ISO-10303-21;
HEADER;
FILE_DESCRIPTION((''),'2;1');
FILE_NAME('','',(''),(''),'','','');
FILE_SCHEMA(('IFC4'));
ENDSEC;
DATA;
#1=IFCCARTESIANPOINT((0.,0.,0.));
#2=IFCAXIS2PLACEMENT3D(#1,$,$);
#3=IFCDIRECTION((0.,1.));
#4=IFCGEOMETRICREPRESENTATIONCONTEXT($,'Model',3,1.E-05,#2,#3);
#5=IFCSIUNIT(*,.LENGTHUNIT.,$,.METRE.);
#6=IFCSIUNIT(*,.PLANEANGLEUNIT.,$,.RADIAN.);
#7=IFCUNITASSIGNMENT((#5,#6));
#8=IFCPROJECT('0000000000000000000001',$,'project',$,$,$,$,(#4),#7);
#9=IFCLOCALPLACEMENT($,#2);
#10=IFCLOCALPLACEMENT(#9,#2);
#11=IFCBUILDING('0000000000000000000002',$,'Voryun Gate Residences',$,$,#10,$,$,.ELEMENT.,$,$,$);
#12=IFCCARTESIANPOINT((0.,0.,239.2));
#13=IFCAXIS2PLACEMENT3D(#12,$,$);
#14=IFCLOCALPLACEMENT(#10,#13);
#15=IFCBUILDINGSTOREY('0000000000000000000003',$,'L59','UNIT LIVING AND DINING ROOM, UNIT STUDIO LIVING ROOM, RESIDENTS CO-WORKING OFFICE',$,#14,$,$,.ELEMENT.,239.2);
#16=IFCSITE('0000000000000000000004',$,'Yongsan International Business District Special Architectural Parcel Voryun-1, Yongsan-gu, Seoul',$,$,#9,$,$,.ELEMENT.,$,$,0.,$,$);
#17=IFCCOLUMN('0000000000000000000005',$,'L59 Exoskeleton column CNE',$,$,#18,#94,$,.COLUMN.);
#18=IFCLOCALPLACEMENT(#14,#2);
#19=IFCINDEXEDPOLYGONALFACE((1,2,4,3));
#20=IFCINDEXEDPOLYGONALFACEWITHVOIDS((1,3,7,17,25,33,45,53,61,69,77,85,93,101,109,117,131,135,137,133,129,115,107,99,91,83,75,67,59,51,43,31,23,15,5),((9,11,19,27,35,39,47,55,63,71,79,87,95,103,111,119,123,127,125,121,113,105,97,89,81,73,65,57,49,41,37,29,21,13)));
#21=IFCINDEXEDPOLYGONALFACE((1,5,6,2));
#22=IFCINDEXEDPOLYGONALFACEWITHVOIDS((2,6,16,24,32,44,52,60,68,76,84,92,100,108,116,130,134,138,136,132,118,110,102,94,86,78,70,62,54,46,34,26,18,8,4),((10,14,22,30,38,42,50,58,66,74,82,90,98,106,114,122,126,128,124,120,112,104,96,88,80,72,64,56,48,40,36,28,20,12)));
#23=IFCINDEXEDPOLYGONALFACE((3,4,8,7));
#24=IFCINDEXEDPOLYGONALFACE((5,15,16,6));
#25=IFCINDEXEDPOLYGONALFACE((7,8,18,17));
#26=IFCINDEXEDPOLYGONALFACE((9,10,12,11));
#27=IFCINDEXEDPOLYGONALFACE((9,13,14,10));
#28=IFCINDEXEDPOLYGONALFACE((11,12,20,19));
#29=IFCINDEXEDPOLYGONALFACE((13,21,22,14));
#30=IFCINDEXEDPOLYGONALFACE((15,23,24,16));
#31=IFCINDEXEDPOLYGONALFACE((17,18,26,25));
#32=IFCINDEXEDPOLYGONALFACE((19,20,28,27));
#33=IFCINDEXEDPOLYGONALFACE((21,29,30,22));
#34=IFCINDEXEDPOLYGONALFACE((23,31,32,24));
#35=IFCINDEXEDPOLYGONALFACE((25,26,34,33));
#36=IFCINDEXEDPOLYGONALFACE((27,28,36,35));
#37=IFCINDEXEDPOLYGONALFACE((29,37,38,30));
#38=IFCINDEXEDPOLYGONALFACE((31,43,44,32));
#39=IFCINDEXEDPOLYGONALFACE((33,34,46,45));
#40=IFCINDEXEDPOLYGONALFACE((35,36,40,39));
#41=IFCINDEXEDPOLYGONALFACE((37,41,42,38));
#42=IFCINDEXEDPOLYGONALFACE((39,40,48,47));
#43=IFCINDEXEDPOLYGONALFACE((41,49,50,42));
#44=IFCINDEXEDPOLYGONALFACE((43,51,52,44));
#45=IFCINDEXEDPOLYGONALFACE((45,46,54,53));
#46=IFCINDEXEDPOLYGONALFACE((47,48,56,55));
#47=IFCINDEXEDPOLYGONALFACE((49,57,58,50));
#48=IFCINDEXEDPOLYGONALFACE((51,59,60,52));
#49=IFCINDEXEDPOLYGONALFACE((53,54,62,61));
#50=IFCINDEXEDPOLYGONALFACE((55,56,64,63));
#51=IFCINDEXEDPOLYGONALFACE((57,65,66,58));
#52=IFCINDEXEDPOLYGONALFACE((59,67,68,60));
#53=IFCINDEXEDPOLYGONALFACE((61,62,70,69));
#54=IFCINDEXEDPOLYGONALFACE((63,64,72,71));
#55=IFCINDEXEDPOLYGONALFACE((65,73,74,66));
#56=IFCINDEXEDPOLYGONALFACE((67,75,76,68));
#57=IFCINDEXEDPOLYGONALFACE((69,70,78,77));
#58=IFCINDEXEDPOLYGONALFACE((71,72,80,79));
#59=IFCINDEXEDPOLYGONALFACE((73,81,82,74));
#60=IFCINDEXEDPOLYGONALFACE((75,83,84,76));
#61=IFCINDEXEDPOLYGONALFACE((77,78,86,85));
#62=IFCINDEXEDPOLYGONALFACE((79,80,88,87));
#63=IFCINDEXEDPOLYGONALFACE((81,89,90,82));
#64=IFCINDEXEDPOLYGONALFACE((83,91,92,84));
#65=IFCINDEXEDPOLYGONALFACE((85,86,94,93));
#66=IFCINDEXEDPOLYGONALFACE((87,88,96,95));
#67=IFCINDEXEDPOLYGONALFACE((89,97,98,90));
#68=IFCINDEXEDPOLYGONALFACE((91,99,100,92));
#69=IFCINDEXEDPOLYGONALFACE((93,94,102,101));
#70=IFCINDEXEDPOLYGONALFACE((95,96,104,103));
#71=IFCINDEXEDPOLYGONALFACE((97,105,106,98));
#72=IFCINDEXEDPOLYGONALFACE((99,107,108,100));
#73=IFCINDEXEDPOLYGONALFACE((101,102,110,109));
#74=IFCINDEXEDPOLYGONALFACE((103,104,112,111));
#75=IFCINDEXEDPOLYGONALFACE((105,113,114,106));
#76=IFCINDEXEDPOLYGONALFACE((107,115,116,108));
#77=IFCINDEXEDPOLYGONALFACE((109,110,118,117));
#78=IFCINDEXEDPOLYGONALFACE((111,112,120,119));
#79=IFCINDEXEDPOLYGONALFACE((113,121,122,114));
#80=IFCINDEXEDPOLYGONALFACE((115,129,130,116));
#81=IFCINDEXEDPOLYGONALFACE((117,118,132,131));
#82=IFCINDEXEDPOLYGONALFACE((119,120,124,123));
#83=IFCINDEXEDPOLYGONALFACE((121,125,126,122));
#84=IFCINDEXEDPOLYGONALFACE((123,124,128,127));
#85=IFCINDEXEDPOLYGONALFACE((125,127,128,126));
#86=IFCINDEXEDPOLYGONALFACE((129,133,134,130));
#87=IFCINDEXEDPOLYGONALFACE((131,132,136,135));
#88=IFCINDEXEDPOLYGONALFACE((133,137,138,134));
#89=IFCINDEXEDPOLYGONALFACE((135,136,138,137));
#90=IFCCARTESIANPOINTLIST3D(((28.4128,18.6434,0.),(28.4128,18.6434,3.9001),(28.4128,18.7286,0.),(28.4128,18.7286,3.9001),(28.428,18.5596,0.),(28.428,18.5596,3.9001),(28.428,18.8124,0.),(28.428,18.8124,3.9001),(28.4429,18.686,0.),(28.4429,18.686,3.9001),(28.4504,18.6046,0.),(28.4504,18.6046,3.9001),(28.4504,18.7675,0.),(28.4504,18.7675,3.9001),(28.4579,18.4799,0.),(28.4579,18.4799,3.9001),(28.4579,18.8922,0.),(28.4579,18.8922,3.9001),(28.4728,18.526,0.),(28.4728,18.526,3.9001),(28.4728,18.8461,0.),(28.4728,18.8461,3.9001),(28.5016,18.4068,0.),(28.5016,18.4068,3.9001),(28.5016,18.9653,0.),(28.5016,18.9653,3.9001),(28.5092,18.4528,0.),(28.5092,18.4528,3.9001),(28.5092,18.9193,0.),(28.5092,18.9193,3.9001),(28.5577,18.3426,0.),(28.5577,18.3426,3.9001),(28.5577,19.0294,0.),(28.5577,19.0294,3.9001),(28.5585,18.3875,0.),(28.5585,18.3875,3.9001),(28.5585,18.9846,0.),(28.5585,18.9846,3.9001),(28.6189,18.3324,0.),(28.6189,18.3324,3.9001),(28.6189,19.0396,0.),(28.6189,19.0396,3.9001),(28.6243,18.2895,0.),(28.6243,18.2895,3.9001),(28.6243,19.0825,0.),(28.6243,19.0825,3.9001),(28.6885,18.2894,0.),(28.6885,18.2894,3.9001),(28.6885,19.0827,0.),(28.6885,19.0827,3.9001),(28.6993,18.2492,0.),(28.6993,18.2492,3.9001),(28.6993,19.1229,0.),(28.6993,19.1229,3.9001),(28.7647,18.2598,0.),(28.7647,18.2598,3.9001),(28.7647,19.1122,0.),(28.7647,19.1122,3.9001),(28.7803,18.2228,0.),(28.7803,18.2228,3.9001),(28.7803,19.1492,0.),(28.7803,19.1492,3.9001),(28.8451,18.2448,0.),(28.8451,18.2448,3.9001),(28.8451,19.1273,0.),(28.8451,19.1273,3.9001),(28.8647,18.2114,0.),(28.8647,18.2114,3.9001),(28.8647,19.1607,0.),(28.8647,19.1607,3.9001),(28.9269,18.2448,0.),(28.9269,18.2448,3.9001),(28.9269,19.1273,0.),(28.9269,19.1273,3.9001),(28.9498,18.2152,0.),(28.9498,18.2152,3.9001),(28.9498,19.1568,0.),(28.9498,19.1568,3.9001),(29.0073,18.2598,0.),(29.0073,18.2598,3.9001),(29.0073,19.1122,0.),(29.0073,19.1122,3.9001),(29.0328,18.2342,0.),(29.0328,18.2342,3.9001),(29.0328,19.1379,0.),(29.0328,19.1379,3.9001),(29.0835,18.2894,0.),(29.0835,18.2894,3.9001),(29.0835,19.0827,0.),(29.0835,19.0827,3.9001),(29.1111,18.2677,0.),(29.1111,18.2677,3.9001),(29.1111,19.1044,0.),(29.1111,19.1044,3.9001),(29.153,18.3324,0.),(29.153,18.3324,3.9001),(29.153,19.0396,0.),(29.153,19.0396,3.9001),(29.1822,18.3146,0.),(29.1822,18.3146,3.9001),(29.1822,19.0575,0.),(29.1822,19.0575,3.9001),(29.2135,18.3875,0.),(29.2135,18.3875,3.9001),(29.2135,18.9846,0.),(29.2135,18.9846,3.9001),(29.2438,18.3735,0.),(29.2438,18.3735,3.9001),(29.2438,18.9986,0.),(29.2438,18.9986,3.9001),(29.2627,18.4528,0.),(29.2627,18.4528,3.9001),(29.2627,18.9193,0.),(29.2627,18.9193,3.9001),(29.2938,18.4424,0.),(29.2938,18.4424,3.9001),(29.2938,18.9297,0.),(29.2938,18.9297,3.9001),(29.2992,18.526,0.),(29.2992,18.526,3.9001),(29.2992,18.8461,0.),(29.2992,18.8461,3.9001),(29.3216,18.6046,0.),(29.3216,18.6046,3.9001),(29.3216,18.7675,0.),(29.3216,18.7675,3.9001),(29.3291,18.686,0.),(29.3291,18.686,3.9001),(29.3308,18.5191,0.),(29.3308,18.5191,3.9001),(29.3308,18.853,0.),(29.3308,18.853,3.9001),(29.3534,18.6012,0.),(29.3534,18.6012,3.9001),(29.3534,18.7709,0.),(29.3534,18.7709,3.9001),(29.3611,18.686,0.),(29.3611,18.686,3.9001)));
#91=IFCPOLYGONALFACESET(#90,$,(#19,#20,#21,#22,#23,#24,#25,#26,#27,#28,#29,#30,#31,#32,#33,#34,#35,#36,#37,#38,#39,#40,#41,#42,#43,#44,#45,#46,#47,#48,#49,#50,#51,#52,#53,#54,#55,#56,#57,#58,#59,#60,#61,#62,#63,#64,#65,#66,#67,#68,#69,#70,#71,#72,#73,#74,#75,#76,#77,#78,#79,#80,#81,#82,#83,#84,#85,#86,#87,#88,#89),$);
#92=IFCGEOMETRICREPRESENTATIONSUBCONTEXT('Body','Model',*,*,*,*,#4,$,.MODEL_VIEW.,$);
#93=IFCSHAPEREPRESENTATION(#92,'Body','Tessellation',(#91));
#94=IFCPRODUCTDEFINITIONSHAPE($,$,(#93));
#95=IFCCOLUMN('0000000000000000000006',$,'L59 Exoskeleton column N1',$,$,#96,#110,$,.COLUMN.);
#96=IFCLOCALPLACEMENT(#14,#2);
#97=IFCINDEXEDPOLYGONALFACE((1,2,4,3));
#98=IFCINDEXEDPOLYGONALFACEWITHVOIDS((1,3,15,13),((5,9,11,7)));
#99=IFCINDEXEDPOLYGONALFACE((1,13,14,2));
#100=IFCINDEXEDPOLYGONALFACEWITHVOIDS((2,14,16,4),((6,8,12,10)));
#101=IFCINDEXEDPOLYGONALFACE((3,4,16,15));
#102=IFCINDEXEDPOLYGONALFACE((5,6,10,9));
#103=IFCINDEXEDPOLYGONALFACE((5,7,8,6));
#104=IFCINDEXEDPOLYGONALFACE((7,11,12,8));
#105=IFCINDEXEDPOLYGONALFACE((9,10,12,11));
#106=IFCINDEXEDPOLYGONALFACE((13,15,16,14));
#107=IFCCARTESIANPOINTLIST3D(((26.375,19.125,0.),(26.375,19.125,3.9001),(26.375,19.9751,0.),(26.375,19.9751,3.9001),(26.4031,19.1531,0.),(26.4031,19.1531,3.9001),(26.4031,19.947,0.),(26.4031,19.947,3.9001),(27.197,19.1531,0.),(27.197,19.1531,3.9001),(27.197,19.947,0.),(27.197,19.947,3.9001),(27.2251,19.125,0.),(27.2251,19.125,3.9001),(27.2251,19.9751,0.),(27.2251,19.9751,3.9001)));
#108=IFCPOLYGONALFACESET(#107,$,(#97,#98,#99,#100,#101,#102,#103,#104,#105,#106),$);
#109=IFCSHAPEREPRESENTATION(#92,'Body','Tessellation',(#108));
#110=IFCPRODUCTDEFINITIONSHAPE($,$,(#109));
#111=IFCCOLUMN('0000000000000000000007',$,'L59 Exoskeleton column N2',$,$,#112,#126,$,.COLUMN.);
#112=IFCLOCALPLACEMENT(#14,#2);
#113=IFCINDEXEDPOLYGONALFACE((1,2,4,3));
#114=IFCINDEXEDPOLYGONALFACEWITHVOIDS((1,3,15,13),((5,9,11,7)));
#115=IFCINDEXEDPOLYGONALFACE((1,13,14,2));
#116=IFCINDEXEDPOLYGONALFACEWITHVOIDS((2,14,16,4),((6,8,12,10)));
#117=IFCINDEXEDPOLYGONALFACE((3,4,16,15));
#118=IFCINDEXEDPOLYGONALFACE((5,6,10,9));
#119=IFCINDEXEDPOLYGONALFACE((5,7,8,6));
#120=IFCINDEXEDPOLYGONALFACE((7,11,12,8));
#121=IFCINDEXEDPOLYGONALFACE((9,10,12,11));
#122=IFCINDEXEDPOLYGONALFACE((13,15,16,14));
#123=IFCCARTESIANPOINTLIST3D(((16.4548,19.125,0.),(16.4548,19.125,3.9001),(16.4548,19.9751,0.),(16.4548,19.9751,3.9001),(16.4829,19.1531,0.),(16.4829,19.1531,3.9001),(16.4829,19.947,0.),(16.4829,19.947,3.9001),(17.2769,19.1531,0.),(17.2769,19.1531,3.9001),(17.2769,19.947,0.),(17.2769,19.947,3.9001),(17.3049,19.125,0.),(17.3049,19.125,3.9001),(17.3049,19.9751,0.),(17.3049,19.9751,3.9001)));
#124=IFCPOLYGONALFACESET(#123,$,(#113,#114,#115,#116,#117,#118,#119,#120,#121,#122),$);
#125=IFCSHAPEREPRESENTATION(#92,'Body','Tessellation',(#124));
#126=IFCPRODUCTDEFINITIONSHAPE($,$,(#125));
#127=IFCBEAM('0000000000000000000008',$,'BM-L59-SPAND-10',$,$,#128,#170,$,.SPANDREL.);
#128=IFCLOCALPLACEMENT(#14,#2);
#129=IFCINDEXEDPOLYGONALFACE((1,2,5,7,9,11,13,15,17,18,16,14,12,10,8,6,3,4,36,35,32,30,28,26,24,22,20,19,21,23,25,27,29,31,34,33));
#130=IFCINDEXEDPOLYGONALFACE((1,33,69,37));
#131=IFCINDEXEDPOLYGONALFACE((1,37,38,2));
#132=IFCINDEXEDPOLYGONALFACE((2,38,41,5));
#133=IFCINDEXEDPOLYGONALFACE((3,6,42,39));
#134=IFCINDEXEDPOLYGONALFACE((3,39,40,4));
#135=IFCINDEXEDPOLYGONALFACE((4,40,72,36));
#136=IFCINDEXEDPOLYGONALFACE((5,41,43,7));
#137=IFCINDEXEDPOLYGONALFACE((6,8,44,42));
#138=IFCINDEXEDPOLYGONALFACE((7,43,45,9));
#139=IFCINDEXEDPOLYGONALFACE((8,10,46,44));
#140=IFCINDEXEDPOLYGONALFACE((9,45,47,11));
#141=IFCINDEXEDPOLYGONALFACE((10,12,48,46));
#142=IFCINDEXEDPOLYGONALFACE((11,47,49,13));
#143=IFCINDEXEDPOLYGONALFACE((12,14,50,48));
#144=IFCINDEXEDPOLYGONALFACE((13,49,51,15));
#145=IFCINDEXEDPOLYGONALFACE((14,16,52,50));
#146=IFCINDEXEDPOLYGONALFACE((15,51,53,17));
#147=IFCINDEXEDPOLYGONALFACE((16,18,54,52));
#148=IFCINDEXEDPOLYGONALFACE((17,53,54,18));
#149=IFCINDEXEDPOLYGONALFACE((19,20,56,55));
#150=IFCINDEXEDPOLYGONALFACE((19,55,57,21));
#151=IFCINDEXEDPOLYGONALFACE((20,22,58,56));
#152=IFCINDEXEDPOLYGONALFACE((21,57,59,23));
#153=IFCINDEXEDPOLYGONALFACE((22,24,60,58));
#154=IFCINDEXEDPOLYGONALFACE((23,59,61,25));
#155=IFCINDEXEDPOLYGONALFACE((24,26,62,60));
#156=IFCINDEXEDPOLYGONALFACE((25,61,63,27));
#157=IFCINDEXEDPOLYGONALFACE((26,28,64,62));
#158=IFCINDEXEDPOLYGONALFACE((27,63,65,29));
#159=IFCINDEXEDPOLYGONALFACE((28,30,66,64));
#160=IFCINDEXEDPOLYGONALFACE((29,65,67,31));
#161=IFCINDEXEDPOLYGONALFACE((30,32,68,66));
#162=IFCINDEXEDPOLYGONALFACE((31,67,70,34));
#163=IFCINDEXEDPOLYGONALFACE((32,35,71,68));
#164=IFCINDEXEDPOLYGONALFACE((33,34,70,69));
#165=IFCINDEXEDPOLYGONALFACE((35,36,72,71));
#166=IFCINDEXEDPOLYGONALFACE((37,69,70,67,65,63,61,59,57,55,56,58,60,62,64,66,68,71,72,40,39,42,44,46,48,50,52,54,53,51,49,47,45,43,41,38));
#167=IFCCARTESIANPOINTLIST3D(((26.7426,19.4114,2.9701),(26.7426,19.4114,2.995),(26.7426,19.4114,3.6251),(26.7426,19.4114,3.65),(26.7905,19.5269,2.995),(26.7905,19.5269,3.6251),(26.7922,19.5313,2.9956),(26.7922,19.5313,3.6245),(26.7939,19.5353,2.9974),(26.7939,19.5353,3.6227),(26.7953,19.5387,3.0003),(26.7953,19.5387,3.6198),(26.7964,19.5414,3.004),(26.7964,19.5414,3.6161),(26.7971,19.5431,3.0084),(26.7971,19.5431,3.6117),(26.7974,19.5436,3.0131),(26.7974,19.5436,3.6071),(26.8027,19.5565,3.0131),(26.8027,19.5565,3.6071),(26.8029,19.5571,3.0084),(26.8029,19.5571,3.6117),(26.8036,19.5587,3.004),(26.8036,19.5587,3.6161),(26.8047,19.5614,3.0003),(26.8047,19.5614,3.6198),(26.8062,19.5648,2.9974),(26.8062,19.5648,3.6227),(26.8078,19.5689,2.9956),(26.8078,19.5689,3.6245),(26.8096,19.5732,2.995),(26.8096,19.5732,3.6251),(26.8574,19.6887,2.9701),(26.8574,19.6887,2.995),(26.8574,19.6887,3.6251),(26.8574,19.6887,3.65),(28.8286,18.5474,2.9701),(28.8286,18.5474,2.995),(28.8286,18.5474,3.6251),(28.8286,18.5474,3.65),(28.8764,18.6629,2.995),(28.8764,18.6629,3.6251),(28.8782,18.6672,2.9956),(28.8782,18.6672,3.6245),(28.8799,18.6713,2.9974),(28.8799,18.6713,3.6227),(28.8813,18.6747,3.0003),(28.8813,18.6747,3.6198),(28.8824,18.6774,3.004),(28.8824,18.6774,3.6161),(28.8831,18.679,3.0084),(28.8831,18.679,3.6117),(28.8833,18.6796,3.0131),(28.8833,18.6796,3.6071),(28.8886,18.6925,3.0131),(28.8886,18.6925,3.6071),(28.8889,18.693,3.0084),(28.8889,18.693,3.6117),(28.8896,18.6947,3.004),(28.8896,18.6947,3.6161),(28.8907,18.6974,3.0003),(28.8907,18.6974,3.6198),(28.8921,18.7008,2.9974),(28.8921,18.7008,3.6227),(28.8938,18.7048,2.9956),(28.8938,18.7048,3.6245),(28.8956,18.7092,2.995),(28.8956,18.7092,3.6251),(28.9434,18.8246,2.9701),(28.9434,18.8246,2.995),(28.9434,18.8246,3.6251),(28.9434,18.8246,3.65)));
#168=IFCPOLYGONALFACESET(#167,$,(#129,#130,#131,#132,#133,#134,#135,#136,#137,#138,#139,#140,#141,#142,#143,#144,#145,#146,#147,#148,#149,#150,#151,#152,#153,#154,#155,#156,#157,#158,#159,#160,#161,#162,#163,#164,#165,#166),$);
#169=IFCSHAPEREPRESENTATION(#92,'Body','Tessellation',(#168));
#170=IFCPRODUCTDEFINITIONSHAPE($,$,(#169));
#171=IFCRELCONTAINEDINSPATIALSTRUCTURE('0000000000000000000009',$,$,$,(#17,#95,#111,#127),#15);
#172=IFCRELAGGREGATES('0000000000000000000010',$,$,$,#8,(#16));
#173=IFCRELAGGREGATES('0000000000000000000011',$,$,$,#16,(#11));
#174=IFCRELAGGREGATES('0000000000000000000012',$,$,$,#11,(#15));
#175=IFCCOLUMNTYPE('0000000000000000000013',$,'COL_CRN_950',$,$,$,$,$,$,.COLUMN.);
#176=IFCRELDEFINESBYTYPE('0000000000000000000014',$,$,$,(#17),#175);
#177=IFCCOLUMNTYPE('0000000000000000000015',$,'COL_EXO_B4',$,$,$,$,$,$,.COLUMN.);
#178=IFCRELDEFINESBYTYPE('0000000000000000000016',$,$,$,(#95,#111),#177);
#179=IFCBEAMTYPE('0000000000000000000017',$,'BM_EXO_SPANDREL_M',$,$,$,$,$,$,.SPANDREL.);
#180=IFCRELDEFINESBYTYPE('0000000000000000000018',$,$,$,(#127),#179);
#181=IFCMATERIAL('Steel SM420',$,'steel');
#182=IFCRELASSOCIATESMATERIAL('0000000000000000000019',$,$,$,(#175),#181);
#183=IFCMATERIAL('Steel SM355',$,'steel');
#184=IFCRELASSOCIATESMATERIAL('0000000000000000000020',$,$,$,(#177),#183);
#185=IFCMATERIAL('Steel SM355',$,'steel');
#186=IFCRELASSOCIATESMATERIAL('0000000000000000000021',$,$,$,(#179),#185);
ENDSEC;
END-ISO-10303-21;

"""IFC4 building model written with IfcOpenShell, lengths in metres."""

from ifc_helpers import new_model, si_unit, direction, frame, origin, origin_2d, place, context, subcontext, project, spatial, hollow_rectangle, hollow_circle, i_section, extrude, material, material_profile, profile_set, type_object, element, save


model = new_model("IFC4")

# Units and contexts
model_context = context("Model", 3, precision=1e-05, world=origin(), true_north=direction((0.0, 1.0)))
body_context = subcontext(model_context, "Body", "Model", "MODEL_VIEW")
ifc_project = project(units=[si_unit("LENGTHUNIT", "METRE"), si_unit("PLANEANGLEUNIT", "RADIAN")], contexts=[model_context])

# Site, building, storey
site_placement = place(None, origin())
site = spatial("IfcSite", under=ifc_project, at=site_placement, Name="Yongsan International Business District Special Architectural Parcel Voryun-1, Yongsan-gu, Seoul", CompositionType="ELEMENT", RefElevation=0.0)
building_placement = place(site_placement, origin())
building = spatial("IfcBuilding", under=site, at=building_placement, Name="Voryun Gate Residences", CompositionType="ELEMENT")
storey_placement = place(building_placement, frame((0.0, 0.0, 239.2)))
storey = spatial("IfcBuildingStorey", under=building, at=storey_placement, Name="L59", Description="UNIT LIVING AND DINING ROOM, UNIT STUDIO LIVING ROOM, RESIDENTS CO-WORKING OFFICE", CompositionType="ELEMENT", Elevation=239.2)

# Columns
ifc_material_1 = material(Name="Steel SM420", Category="steel")
ifc_material_profile_1 = material_profile(ifc_material_1, hollow_circle(Radius=0.4751, WallThickness=0.032, at=origin_2d()), Name="CHS-950x32")
ifc_profile_set_1 = profile_set([ifc_material_profile_1], Name="Steel SM420")
column_type_1 = type_object("IfcColumnType", Name="COL_CRN_950", PredefinedType="COLUMN", material=ifc_profile_set_1)
column_placement = place(storey_placement, frame((28.886, 18.686, 0.0), z_axis=(0.0, 0.0, 1.0), x_axis=(1.0, 0.0, 0.0)))
element("IfcColumn", 1, at=column_placement, inside=storey, type_object=column_type_1, Name="L59 Exoskeleton column CNE", PredefinedType="COLUMN", context=body_context, shape_type="SweptSolid", body=[
    extrude(hollow_circle(Radius=0.4751, WallThickness=0.032, at=origin_2d()), origin(), (0.0, 0.0, 1.0), 3.9001),
])
ifc_material_2 = material(Name="Steel SM355", Category="steel")
ifc_material_profile_2 = material_profile(ifc_material_2, hollow_rectangle(XDim=0.8501, YDim=0.8501, WallThickness=0.0281, at=origin_2d()), Name="BOX-850x850x28")
ifc_profile_set_2 = profile_set([ifc_material_profile_2], Name="Steel SM355")
column_type_2 = type_object("IfcColumnType", Name="COL_EXO_B4", PredefinedType="COLUMN", material=ifc_profile_set_2)
for number, where, z_axis, x_axis, name in (
    (2, (26.8, 19.55, 0.0), (0.0, 0.0, 1.0), (1.0, 0.0, 0.0), "L59 Exoskeleton column N1"),
    (3, (16.8799, 19.55, 0.0), (0.0, 0.0, 1.0), (1.0, 0.0, 0.0), "L59 Exoskeleton column N2"),
):
    element("IfcColumn", number, at=place(storey_placement, frame(where, z_axis=z_axis, x_axis=x_axis)), inside=storey, type_object=column_type_2, Name=name, PredefinedType="COLUMN", context=body_context, shape_type="SweptSolid", body=[
        extrude(hollow_rectangle(XDim=0.8501, YDim=0.8501, WallThickness=0.0281, at=origin_2d()), origin(), (0.0, 0.0, 1.0), 3.9001),
    ])

# Beam
ifc_material_3 = material(Name="Steel SM355", Category="steel")
ifc_material_profile_3 = material_profile(ifc_material_3, i_section(OverallWidth=0.3, OverallDepth=0.6799, WebThickness=0.0139, FlangeThickness=0.0249, FilletRadius=0.0181, at=origin_2d()), Name="H-680x300x14x25")
ifc_profile_set_3 = profile_set([ifc_material_profile_3], Name="Steel SM355")
beam_type = type_object("IfcBeamType", Name="BM_EXO_SPANDREL_M", PredefinedType="SPANDREL", material=ifc_profile_set_3)
beam_1_placement = place(storey_placement, frame((28.886, 18.686, 3.3101), z_axis=(-0.923881, 0.38268, 0.0), x_axis=(-0.38268, -0.923881, 0.0)))
element("IfcBeam", 4, at=beam_1_placement, inside=storey, type_object=beam_type, Name="BM-L59-SPAND-10", PredefinedType="SPANDREL", context=body_context, shape_type="SweptSolid", body=[
    extrude(i_section(OverallWidth=0.3, OverallDepth=0.6799, WebThickness=0.0139, FlangeThickness=0.0249, FilletRadius=0.0181, at=origin_2d()), origin(), (0.0, 0.0, 1.0), 2.2578),
])

save(model, "model.ifc")
